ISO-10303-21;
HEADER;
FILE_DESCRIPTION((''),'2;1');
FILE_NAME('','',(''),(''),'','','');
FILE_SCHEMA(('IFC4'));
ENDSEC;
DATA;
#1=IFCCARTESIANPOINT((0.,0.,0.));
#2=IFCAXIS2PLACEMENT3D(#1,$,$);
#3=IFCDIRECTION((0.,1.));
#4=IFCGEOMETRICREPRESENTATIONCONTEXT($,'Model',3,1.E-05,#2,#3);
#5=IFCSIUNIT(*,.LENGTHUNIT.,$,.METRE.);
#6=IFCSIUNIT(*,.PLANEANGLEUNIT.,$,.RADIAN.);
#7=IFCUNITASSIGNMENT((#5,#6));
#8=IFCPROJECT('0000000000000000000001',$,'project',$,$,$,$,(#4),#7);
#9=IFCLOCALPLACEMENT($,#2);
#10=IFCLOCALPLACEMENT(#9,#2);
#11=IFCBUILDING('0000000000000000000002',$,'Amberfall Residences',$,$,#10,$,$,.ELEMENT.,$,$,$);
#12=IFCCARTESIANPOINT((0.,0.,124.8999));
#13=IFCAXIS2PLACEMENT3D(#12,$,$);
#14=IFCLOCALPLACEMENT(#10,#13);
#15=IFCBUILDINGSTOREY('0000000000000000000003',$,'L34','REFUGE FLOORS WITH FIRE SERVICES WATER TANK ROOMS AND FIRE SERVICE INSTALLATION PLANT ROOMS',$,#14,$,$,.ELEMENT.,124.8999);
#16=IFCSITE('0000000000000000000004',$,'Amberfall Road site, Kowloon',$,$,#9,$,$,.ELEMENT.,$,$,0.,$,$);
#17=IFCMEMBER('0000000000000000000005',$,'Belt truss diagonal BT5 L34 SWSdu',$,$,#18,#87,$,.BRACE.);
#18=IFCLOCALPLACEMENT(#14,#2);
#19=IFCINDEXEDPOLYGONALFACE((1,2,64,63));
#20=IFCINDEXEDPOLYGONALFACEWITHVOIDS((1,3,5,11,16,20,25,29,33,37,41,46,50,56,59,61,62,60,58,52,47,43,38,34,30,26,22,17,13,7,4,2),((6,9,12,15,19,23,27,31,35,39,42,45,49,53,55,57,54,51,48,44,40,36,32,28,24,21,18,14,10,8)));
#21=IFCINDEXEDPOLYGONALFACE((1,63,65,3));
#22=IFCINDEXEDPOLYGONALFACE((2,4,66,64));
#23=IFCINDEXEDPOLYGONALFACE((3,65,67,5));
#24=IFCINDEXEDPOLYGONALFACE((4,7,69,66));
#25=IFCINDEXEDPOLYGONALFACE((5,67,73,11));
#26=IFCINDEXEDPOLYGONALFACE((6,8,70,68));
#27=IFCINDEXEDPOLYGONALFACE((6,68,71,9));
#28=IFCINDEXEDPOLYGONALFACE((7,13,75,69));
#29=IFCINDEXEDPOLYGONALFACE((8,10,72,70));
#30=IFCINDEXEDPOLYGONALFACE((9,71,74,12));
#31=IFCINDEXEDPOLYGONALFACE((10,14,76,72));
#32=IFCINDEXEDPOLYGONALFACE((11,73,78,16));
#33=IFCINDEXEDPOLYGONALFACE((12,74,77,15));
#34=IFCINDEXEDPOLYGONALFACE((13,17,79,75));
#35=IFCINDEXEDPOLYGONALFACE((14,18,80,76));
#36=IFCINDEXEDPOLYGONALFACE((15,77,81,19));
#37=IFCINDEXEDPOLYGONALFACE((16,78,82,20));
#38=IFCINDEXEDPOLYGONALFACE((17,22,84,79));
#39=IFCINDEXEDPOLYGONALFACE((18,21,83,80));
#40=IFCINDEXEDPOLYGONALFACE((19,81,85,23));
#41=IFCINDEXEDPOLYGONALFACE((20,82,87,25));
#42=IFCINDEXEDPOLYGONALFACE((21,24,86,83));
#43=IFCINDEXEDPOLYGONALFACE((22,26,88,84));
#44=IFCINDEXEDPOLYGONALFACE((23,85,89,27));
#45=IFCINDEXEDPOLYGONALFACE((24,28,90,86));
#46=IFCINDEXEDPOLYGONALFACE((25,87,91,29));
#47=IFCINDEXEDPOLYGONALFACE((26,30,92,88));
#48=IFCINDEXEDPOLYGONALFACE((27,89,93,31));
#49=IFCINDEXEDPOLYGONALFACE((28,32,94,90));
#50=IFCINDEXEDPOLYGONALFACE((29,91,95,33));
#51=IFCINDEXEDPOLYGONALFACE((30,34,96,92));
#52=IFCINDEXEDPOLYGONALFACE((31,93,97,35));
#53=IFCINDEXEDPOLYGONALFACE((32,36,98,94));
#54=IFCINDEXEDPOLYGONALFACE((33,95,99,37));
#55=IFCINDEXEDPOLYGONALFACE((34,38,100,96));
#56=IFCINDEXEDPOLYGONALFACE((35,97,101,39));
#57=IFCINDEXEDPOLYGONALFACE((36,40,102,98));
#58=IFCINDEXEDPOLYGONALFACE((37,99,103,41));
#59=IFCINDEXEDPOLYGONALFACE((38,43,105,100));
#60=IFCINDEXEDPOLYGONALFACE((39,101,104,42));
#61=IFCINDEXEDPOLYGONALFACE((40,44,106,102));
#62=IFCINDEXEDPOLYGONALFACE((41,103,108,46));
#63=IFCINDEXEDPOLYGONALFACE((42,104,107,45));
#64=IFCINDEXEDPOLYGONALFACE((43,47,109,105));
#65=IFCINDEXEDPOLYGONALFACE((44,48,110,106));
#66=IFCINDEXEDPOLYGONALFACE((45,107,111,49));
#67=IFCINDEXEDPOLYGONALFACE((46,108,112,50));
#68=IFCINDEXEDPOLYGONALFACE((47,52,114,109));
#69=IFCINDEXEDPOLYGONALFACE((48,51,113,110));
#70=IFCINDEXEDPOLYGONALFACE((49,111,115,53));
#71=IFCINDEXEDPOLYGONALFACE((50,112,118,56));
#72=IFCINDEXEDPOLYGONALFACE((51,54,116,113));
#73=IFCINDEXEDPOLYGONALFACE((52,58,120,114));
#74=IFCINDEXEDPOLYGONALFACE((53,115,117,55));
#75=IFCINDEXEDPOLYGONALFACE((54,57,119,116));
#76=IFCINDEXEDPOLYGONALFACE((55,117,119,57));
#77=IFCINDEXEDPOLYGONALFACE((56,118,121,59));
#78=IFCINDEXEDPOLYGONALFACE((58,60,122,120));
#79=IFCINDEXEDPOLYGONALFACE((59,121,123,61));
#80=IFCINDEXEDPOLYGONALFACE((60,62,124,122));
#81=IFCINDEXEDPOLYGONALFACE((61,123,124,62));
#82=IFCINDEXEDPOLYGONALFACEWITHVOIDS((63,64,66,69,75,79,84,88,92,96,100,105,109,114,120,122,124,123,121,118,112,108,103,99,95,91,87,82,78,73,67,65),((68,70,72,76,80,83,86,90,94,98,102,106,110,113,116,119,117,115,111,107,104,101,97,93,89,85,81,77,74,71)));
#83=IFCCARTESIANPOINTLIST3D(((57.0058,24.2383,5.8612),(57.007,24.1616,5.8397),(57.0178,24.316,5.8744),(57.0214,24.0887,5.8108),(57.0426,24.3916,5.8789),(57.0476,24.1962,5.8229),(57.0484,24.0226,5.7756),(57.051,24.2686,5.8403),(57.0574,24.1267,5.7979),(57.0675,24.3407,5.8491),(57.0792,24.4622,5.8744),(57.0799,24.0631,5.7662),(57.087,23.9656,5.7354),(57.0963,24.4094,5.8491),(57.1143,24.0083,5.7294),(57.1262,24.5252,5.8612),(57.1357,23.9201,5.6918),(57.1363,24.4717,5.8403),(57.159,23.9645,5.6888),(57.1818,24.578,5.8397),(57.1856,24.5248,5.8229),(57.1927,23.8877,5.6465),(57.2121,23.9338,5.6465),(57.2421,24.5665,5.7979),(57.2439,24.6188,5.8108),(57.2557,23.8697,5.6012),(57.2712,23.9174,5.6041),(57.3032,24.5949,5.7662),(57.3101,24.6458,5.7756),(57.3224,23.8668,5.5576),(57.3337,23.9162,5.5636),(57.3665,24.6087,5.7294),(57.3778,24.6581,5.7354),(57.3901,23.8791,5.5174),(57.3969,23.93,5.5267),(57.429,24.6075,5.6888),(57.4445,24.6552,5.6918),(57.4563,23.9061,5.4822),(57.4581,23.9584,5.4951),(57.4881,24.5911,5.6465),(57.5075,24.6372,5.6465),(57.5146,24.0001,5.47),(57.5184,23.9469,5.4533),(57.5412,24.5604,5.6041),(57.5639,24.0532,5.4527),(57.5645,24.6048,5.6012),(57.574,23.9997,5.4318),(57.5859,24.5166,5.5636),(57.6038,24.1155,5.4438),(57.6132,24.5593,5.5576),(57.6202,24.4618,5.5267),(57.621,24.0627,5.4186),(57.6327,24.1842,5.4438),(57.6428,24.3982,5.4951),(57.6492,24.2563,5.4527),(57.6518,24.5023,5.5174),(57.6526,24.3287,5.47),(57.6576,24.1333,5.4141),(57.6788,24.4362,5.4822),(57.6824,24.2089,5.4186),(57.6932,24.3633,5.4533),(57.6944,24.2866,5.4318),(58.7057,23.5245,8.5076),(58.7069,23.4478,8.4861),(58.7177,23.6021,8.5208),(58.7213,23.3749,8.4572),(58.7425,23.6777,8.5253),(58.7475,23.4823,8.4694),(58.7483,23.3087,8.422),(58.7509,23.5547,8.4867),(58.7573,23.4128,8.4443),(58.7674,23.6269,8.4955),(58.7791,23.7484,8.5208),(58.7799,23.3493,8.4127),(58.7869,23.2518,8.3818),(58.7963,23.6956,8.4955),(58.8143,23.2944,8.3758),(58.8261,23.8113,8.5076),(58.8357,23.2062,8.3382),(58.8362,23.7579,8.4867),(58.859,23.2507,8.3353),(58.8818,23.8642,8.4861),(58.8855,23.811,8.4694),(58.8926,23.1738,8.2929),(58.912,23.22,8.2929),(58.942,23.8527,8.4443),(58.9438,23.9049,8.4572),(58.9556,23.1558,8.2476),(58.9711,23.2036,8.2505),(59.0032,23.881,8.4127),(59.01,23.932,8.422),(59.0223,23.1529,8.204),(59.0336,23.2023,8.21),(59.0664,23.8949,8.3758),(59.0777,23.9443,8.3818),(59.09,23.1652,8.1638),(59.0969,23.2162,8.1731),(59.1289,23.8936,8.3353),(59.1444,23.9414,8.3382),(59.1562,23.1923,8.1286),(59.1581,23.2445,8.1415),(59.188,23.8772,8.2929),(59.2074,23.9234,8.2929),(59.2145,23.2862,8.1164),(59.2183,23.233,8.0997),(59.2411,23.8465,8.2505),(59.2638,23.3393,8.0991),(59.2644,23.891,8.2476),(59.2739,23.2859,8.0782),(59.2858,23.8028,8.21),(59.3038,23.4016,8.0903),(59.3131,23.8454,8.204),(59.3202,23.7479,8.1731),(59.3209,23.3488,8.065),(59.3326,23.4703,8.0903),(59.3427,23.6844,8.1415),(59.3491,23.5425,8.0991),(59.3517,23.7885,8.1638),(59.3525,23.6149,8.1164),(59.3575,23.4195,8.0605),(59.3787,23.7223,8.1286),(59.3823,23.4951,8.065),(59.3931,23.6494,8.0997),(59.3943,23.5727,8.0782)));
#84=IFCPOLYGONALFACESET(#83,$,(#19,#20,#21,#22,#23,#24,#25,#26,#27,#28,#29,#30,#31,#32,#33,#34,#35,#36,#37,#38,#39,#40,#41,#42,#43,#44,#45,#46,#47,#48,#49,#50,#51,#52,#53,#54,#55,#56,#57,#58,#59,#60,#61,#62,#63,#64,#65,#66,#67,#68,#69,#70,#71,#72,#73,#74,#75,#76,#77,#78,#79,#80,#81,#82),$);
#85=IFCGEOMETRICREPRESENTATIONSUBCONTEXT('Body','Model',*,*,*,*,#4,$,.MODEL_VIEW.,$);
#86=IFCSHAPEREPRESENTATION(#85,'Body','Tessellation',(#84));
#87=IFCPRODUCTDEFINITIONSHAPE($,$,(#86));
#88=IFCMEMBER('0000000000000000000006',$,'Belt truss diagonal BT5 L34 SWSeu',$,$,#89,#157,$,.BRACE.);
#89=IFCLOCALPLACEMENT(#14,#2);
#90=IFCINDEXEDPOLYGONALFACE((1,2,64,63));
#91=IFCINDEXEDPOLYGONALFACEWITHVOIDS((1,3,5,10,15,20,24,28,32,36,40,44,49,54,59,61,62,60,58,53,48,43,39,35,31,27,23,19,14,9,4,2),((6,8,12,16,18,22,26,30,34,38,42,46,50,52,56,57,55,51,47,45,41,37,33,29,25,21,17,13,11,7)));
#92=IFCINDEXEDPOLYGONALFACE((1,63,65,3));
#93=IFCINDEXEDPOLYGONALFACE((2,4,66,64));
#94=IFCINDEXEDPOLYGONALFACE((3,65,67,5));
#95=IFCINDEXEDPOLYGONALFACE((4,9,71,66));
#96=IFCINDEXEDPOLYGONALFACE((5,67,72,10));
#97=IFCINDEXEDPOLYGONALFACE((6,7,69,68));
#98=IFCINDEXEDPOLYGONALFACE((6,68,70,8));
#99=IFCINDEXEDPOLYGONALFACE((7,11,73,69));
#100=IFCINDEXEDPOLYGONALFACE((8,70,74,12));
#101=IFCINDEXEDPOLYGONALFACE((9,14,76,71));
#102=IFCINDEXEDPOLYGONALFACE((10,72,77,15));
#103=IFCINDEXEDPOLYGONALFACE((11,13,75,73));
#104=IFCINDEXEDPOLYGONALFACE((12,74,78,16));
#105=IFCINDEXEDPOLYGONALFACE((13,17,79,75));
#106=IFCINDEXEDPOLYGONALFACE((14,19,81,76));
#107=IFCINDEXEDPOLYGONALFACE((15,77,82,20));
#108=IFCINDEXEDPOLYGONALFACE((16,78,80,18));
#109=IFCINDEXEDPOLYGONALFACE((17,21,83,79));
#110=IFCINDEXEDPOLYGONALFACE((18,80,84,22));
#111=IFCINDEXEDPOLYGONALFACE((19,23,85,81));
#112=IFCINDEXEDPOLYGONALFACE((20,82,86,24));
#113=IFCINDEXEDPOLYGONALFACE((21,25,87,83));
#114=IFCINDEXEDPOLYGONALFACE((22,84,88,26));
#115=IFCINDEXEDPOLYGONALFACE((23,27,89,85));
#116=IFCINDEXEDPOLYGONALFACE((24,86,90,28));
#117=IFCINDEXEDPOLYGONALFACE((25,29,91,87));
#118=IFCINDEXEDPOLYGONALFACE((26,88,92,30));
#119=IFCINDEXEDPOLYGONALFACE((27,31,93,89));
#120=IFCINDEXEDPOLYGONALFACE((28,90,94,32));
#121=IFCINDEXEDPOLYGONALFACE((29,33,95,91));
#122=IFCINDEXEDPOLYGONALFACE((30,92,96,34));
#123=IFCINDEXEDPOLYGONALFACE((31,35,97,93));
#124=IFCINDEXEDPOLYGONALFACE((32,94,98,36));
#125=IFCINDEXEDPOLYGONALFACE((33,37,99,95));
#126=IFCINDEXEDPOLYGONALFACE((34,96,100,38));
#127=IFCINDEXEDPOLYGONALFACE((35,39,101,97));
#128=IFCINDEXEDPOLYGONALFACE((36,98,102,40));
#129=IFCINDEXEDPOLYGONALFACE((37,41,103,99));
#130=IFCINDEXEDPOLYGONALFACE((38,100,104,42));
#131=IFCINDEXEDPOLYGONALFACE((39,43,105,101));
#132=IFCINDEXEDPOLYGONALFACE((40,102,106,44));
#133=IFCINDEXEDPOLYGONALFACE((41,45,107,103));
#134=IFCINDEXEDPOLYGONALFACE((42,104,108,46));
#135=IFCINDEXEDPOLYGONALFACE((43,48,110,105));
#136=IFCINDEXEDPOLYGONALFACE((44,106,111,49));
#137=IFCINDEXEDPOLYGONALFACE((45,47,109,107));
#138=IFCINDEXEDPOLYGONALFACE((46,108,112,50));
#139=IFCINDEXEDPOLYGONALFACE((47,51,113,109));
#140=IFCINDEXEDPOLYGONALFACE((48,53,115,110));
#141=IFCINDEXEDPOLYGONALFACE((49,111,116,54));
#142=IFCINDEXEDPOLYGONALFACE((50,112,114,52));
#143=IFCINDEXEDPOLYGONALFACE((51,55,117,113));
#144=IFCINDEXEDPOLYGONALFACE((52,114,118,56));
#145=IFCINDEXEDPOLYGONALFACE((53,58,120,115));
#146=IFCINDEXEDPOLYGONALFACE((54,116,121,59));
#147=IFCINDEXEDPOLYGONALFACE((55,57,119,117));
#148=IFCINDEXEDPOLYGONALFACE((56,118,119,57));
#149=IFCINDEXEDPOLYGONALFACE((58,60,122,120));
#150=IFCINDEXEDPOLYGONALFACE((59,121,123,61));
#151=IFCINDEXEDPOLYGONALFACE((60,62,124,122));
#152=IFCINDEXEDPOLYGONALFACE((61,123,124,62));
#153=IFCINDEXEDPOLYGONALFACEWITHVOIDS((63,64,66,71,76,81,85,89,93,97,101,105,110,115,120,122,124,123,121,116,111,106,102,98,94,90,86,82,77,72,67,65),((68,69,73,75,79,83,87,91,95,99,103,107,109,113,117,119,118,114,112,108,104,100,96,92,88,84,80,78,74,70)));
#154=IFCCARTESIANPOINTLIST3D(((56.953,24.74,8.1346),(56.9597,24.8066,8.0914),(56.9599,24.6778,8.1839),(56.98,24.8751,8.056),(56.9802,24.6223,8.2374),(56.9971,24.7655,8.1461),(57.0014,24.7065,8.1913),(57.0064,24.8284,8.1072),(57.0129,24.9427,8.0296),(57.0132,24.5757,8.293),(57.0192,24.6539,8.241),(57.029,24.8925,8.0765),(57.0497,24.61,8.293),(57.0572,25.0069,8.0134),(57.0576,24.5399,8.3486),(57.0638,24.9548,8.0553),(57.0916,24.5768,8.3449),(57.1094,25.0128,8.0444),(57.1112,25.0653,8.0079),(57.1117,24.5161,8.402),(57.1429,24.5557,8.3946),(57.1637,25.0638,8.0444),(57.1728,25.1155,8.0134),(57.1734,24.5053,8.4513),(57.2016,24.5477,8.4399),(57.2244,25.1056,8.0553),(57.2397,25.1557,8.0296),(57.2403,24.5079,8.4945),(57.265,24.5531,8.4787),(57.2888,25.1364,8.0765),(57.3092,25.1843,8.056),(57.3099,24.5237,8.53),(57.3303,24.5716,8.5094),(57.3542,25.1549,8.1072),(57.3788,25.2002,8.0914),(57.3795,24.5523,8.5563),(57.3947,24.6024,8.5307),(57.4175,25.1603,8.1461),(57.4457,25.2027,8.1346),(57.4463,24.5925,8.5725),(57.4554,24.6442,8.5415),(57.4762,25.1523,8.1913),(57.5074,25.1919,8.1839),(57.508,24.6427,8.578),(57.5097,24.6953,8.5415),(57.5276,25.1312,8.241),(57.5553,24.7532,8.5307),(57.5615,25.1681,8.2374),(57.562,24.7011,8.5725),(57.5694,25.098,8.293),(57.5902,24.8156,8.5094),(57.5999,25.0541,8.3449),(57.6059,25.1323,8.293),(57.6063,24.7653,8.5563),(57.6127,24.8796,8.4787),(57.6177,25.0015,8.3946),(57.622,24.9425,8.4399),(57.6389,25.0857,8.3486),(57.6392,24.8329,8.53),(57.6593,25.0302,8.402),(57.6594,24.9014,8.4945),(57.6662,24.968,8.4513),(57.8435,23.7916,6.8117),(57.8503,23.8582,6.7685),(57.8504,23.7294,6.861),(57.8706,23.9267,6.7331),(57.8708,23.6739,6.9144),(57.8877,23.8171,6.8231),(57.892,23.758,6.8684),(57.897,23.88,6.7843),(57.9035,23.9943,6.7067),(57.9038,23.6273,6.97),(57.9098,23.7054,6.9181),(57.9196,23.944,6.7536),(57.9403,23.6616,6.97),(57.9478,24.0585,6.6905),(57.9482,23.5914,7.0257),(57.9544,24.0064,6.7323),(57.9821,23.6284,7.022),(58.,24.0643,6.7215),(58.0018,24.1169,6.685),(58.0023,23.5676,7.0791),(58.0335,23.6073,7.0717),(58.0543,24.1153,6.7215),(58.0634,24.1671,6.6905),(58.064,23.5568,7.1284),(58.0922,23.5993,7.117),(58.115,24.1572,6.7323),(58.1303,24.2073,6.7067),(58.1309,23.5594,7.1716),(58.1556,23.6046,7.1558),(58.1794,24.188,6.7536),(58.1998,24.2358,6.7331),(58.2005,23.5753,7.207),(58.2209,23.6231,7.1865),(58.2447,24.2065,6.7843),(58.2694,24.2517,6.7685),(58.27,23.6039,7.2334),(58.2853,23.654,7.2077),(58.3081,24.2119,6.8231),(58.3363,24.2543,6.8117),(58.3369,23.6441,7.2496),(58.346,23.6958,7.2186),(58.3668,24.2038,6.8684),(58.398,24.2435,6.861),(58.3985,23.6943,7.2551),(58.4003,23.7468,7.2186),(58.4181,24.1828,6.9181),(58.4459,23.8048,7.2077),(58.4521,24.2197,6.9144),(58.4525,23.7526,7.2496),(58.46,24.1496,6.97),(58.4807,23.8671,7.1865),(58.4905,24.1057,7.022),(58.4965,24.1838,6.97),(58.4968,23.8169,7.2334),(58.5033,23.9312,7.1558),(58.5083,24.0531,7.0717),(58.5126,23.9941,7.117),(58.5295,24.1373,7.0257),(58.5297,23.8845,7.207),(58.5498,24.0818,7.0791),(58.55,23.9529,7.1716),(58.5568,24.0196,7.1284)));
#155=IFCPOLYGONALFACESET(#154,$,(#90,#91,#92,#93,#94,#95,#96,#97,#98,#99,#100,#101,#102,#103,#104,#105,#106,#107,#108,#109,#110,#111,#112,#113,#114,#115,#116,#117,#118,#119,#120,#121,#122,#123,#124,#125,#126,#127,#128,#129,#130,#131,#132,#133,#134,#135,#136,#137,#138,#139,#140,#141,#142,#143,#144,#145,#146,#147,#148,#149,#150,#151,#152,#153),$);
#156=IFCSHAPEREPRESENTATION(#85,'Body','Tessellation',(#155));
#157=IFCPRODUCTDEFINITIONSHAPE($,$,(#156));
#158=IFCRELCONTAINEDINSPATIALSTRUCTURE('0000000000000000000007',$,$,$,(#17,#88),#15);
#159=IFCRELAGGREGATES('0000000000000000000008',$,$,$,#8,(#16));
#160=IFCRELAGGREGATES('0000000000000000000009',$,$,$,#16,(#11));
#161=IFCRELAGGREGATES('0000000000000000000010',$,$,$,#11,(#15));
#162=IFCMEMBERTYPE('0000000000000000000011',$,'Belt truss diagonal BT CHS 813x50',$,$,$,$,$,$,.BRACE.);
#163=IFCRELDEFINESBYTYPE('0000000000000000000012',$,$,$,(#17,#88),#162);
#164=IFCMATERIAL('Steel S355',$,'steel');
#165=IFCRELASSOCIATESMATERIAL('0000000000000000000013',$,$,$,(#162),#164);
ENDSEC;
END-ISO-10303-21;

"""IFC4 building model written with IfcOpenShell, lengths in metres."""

from ifc_helpers import new_model, si_unit, direction, frame, origin, origin_2d, place, context, subcontext, project, spatial, hollow_circle, extrude, material, material_profile, profile_set, type_object, element, save


model = new_model("IFC4")

# Units and contexts
model_context = context("Model", 3, precision=1e-05, world=origin(), true_north=direction((0.0, 1.0)))
body_context = subcontext(model_context, "Body", "Model", "MODEL_VIEW")
ifc_project = project(units=[si_unit("LENGTHUNIT", "METRE"), si_unit("PLANEANGLEUNIT", "RADIAN")], contexts=[model_context])

# Site, building, storey
site_placement = place(None, origin())
site = spatial("IfcSite", under=ifc_project, at=site_placement, Name="Amberfall Road site, Kowloon", CompositionType="ELEMENT", RefElevation=0.0)
building_placement = place(site_placement, origin())
building = spatial("IfcBuilding", under=site, at=building_placement, Name="Amberfall Residences", CompositionType="ELEMENT")
storey_placement = place(building_placement, frame((0.0, 0.0, 124.8999)))
storey = spatial("IfcBuildingStorey", under=building, at=storey_placement, Name="L34", Description="REFUGE FLOORS WITH FIRE SERVICES WATER TANK ROOMS AND FIRE SERVICE INSTALLATION PLANT ROOMS", CompositionType="ELEMENT", Elevation=124.8999)

# Shared definitions
ifc_material_1 = material(Name="Steel S355", Category="steel")

# Members
ifc_material_profile_1 = material_profile(ifc_material_1, hollow_circle(Radius=0.4065, WallThickness=0.05, at=origin_2d()), Name="CHS 813x50")
ifc_profile_set_1 = profile_set([ifc_material_profile_1], Name="Steel S355")
member_type = type_object("IfcMemberType", Name="Belt truss diagonal BT CHS 813x50", PredefinedType="BRACE", material=ifc_profile_set_1)
member_1_placement = place(storey_placement, frame((57.3501, 24.2625, 5.6465), z_axis=(0.527048, -0.221325, 0.820509), x_axis=(0.387181, 0.922004, 0.0)))
element("IfcMember", 1, at=member_1_placement, inside=storey, type_object=member_type, Name="Belt truss diagonal BT5 L34 SWSdu", PredefinedType="BRACE", context=body_context, shape_type="SweptSolid", body=[
    extrude(hollow_circle(Radius=0.4065, WallThickness=0.05, at=origin_2d()), origin(), (0.0, 0.0, 1.0), 3.2253),
])
member_2_placement = place(storey_placement, frame((57.3096, 24.854, 8.293), z_axis=(0.479972, -0.511155, -0.712985), x_axis=(0.728993, 0.684521, 0.0)))
element("IfcMember", 2, at=member_2_placement, inside=storey, type_object=member_type, Name="Belt truss diagonal BT5 L34 SWSeu", PredefinedType="BRACE", context=body_context, shape_type="SweptSolid", body=[
    extrude(hollow_circle(Radius=0.4065, WallThickness=0.05, at=origin_2d()), origin(), (0.0, 0.0, 1.0), 1.8555),
])

save(model, "model.ifc")
